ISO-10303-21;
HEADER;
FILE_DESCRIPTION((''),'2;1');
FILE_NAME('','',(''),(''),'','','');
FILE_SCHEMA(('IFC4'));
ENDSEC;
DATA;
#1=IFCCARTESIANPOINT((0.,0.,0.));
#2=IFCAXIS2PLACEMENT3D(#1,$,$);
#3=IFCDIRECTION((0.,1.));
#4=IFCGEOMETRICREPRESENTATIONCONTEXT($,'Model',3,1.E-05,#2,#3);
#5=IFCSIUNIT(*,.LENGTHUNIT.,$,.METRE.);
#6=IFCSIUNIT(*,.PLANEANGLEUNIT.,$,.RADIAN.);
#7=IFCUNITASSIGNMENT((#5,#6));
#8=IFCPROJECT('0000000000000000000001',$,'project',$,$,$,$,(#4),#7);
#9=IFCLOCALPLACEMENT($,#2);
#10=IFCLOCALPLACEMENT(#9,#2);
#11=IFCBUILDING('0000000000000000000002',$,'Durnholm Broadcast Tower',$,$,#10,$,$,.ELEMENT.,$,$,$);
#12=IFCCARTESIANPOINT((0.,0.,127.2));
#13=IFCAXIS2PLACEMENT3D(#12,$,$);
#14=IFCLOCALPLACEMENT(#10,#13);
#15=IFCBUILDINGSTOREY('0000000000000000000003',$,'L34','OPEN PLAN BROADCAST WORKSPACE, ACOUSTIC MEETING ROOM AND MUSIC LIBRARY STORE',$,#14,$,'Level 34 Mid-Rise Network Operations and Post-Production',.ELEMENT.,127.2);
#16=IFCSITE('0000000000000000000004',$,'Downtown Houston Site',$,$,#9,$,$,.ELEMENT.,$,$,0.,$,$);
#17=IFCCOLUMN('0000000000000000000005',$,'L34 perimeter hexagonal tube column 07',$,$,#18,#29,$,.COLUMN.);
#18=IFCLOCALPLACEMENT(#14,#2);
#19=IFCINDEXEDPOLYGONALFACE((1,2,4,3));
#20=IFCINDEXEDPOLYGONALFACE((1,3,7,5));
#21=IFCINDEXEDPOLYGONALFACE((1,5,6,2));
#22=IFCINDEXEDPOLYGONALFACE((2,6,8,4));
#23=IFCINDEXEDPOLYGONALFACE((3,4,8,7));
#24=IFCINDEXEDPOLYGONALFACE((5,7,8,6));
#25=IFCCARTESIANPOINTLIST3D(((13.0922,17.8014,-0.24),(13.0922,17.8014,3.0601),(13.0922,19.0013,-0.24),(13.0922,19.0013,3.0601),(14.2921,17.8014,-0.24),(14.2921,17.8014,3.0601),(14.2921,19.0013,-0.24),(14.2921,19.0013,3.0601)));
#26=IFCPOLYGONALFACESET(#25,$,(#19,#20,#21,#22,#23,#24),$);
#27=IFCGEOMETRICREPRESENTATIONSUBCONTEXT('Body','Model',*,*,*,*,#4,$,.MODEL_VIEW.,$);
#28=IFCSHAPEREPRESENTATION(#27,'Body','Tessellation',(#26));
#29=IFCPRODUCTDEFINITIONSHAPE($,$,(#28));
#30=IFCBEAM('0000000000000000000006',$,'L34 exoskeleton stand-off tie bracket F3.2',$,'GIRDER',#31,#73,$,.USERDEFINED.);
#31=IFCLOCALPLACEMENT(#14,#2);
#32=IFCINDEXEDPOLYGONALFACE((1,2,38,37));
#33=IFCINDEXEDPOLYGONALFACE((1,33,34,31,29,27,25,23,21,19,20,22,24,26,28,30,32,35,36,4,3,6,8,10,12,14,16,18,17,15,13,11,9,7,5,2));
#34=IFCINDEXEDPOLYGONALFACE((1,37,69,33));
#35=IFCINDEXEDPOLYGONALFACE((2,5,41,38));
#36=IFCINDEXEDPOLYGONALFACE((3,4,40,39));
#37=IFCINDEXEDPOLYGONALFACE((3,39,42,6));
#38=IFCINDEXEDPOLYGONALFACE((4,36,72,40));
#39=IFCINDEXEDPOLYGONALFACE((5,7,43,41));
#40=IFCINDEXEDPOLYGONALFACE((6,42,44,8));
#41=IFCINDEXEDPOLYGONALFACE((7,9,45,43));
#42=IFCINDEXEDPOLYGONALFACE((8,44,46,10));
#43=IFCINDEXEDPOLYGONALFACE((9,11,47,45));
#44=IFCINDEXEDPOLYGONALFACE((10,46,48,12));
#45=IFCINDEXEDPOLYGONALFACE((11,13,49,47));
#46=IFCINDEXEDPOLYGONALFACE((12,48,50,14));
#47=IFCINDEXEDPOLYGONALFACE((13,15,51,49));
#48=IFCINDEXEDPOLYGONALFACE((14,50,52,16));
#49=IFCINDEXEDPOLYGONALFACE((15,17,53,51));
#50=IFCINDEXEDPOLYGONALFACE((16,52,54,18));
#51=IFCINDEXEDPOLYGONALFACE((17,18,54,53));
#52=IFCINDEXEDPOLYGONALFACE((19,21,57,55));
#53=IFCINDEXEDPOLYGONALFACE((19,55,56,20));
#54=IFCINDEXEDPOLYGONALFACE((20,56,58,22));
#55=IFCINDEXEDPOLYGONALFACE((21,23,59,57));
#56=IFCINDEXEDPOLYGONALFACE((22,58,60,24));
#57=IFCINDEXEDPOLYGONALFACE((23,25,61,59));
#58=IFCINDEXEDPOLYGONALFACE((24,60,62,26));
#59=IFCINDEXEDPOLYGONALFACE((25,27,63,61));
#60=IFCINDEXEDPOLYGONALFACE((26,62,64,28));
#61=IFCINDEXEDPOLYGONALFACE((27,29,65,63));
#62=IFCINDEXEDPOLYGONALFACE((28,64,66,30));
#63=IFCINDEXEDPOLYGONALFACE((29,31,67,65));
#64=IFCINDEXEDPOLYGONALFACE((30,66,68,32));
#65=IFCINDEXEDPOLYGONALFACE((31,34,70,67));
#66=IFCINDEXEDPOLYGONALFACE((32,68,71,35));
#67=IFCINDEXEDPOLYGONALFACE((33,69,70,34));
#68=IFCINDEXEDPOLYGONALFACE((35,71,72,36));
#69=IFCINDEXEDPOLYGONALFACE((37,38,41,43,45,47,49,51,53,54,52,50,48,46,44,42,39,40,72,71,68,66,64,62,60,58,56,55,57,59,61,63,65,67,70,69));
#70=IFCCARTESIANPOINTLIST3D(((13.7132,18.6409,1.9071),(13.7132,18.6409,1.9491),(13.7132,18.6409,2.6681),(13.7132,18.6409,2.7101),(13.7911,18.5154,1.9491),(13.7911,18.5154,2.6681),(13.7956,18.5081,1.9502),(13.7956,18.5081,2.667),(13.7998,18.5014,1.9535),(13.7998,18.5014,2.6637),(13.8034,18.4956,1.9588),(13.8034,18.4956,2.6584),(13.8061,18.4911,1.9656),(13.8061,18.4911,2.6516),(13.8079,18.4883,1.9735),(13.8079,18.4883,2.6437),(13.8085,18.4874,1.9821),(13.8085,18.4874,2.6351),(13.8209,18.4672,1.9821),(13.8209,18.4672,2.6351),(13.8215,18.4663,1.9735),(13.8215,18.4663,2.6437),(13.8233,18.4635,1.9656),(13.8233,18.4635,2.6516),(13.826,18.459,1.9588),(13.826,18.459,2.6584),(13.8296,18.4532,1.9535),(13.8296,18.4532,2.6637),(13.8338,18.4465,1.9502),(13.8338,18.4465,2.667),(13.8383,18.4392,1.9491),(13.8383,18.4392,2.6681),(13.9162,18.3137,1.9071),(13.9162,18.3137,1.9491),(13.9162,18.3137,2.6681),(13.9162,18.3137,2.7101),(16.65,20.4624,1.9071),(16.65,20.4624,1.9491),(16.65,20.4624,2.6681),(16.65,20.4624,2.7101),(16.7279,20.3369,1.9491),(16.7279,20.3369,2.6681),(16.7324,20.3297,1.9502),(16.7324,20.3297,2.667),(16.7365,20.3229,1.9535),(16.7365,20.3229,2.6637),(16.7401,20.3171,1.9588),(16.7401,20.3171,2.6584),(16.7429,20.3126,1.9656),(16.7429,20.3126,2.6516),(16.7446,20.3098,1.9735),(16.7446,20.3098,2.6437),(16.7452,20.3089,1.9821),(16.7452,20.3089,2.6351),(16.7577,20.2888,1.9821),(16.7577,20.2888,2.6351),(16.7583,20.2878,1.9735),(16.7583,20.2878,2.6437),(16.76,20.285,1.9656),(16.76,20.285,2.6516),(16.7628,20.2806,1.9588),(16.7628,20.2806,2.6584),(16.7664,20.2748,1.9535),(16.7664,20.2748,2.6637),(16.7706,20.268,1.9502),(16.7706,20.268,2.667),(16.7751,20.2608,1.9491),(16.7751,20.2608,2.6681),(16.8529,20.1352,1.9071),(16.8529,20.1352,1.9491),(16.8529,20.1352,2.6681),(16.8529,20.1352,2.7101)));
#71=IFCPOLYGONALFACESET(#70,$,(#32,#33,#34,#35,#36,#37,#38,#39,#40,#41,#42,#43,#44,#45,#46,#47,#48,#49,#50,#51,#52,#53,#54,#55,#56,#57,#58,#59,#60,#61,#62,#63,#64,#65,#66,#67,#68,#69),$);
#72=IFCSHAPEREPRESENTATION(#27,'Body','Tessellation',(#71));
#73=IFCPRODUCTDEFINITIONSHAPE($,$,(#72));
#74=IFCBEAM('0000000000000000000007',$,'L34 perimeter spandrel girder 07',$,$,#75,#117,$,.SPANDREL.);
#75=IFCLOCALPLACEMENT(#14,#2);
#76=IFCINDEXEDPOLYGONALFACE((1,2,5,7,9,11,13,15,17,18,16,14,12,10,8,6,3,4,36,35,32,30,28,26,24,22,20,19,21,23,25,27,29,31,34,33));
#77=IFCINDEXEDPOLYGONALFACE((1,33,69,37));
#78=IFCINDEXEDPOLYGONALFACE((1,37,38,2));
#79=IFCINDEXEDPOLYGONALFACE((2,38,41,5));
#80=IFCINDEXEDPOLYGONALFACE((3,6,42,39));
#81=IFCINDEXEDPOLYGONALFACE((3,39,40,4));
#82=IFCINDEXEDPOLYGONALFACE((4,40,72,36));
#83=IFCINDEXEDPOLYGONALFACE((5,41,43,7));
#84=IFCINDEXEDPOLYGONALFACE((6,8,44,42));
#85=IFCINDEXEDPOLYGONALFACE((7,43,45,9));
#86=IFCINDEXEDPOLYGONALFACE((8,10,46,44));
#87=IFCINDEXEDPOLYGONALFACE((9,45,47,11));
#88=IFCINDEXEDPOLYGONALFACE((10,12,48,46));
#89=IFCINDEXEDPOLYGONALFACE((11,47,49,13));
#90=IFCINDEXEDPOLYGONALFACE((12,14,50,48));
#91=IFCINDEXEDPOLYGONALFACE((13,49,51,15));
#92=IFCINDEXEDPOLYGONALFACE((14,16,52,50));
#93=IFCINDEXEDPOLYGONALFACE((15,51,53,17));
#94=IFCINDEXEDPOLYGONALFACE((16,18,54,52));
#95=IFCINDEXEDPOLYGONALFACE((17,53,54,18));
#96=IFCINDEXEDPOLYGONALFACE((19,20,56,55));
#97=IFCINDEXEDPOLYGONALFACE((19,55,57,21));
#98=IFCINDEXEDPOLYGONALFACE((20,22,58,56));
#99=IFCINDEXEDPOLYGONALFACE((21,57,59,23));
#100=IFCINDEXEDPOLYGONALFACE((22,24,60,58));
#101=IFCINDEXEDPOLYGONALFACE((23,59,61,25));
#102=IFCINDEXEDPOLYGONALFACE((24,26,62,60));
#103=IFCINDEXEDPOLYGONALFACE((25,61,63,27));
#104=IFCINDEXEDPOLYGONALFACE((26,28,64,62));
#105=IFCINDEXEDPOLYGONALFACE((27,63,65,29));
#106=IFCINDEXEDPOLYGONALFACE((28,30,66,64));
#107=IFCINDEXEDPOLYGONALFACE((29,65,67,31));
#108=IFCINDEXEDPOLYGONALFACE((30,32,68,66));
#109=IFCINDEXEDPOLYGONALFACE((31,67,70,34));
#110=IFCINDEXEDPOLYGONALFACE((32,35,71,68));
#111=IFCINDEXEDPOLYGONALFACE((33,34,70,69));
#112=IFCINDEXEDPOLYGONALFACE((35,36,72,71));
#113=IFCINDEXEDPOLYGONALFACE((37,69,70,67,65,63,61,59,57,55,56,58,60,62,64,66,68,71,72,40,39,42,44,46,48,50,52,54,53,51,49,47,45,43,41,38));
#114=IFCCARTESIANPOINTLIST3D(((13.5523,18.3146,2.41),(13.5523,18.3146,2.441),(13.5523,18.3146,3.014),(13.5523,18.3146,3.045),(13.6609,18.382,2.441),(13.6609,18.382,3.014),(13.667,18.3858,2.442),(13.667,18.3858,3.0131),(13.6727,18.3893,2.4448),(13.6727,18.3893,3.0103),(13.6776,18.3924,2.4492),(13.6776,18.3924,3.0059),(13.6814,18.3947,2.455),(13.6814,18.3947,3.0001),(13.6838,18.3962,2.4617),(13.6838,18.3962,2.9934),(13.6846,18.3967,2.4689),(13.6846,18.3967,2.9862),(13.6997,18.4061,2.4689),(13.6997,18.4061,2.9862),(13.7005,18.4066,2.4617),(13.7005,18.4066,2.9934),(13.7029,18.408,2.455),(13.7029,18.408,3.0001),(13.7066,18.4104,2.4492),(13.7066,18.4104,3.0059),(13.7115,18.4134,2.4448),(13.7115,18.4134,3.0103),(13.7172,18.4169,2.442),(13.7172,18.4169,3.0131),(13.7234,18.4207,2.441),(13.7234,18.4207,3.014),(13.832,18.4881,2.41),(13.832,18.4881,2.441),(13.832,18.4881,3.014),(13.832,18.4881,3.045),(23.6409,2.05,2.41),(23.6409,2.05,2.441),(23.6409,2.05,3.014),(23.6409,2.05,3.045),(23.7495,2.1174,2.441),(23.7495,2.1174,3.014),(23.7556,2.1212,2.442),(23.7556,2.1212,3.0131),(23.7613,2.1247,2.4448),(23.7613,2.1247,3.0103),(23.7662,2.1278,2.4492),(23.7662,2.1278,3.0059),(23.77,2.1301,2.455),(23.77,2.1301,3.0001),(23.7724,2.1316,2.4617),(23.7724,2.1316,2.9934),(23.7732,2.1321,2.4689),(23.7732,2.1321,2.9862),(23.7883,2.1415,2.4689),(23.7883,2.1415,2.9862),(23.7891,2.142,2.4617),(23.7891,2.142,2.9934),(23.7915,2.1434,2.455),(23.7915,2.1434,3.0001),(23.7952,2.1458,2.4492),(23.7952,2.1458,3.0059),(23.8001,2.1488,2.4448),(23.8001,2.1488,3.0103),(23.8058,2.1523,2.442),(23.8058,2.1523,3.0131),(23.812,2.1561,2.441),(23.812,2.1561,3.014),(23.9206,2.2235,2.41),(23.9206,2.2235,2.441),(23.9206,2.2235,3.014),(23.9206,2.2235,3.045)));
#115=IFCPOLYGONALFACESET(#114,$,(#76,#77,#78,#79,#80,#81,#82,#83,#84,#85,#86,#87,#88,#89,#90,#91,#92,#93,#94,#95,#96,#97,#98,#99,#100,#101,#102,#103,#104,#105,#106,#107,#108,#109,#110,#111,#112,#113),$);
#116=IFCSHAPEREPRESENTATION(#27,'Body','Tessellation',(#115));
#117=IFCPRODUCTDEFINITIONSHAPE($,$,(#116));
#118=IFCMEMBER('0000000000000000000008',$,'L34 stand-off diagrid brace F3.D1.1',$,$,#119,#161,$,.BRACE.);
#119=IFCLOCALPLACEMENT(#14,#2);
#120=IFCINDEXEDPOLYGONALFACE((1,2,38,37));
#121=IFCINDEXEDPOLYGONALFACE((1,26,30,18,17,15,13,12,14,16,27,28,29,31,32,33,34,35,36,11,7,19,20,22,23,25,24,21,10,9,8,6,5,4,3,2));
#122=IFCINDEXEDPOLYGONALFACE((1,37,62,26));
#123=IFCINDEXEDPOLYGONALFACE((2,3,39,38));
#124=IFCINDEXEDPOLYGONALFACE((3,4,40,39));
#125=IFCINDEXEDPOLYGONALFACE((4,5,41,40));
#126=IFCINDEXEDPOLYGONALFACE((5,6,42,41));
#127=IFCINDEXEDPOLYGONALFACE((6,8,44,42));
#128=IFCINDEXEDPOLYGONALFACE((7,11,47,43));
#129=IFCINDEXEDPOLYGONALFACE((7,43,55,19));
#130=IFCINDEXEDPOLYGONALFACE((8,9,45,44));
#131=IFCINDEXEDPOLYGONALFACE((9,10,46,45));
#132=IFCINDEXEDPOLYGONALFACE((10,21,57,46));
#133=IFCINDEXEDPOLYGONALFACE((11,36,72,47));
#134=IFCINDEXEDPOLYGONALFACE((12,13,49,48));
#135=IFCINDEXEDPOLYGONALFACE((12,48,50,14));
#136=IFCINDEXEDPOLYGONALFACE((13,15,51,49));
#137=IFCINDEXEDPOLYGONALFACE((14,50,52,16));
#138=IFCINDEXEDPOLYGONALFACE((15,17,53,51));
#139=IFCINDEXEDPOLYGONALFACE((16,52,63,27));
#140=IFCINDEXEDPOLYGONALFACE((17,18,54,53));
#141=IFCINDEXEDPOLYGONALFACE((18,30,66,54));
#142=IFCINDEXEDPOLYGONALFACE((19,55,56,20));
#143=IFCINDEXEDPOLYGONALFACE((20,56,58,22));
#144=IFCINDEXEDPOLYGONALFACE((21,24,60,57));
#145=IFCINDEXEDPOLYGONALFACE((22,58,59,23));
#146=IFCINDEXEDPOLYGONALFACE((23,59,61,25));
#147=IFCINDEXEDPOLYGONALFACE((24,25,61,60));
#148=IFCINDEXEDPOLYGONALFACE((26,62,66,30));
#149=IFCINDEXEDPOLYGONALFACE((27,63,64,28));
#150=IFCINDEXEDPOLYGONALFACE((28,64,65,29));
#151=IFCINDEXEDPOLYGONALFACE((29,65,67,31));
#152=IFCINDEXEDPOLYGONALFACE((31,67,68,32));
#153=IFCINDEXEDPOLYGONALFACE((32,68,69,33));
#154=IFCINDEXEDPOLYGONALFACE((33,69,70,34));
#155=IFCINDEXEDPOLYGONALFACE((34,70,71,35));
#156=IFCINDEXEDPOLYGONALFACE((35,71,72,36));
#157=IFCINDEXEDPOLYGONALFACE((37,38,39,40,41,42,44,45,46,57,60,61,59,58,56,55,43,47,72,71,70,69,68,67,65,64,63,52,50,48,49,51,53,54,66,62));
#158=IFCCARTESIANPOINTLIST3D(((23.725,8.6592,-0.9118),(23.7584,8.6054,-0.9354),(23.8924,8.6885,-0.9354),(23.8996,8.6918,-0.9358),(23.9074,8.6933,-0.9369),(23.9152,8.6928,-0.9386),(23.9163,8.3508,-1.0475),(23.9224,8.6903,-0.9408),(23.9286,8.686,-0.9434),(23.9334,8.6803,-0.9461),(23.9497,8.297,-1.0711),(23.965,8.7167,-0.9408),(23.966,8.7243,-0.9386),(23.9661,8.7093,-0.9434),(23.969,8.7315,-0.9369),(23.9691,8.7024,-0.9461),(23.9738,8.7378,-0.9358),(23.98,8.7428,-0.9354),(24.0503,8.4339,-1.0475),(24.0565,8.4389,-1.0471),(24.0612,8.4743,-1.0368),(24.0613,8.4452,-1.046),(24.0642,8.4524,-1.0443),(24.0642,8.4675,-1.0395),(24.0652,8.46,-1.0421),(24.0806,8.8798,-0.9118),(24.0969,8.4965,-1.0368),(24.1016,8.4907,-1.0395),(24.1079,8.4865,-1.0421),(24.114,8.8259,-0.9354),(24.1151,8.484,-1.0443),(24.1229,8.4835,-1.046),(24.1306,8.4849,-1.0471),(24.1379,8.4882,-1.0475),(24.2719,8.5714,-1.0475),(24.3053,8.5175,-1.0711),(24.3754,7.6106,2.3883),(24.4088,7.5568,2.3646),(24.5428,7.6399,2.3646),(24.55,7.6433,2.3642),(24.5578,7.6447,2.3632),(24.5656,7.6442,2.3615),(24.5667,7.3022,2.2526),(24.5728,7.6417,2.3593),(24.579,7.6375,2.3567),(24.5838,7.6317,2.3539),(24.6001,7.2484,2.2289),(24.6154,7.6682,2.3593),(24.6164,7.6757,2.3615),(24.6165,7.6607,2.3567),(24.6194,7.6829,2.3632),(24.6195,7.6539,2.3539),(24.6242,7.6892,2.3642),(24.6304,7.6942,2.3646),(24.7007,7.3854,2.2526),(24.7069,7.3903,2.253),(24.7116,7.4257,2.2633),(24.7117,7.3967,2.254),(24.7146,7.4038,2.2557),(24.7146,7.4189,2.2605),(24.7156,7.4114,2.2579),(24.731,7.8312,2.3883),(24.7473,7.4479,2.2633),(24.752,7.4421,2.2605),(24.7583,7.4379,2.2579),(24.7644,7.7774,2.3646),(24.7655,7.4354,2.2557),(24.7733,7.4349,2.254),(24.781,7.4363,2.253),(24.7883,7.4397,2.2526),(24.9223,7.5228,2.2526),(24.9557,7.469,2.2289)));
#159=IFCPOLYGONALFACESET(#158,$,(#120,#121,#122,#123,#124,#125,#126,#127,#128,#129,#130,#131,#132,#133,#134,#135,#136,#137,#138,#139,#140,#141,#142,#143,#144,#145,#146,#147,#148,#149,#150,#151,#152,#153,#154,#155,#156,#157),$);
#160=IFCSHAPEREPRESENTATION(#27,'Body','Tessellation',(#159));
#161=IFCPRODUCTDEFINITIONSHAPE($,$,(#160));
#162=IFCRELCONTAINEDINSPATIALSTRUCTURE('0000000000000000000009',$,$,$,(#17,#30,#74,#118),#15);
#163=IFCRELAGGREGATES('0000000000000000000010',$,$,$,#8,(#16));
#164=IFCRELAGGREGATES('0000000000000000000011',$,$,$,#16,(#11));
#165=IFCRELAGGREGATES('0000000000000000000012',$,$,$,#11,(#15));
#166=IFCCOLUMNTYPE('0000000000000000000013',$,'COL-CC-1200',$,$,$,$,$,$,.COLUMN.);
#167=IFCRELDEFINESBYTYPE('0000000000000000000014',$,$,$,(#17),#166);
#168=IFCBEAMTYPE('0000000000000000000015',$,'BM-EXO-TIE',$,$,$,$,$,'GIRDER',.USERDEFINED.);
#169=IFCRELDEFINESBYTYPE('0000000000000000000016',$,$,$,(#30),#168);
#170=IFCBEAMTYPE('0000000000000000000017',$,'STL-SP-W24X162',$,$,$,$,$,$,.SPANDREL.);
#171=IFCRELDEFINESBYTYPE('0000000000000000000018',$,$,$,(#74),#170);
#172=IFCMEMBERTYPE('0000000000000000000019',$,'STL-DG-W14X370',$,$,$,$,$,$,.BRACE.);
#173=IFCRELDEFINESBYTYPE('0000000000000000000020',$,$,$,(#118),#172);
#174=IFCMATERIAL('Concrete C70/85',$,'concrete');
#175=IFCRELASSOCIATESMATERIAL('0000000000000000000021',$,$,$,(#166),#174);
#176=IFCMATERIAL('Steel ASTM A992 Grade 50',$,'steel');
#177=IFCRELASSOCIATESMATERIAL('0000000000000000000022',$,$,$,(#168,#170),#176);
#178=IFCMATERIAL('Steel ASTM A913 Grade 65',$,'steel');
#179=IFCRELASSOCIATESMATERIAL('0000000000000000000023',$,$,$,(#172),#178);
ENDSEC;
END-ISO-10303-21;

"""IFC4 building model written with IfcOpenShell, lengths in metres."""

from ifc_helpers import new_model, si_unit, direction, frame, origin, origin_2d, place, context, subcontext, project, spatial, rectangle, i_section, extrude, source, transform, mapped, material, material_profile, profile_set, type_object, type_shapes, element, save


model = new_model("IFC4")

# Units and contexts
model_context = context("Model", 3, precision=1e-05, world=origin(), true_north=direction((0.0, 1.0)))
body_context = subcontext(model_context, "Body", "Model", "MODEL_VIEW")
ifc_project = project(units=[si_unit("LENGTHUNIT", "METRE"), si_unit("PLANEANGLEUNIT", "RADIAN")], contexts=[model_context])

# Site, building, storey
site_placement = place(None, origin())
site = spatial("IfcSite", under=ifc_project, at=site_placement, Name="Downtown Houston Site", CompositionType="ELEMENT", RefElevation=0.0)
building_placement = place(site_placement, origin())
building = spatial("IfcBuilding", under=site, at=building_placement, Name="Durnholm Broadcast Tower", CompositionType="ELEMENT")
storey_placement = place(building_placement, frame((0.0, 0.0, 127.2)))
storey = spatial("IfcBuildingStorey", under=building, at=storey_placement, Name="L34", Description="OPEN PLAN BROADCAST WORKSPACE, ACOUSTIC MEETING ROOM AND MUSIC LIBRARY STORE", LongName="Level 34 Mid-Rise Network Operations and Post-Production", CompositionType="ELEMENT", Elevation=127.2)

# Column
ifc_material_1 = material(Name="Concrete C70/85", Category="concrete")
ifc_material_profile_1 = material_profile(ifc_material_1, rectangle(XDim=1.2, YDim=1.2, at=origin_2d()), Name="RC1200X1200")
ifc_profile_set_1 = profile_set([ifc_material_profile_1], Name="Concrete C70/85")
column_type = type_object("IfcColumnType", Name="COL-CC-1200", PredefinedType="COLUMN", material=ifc_profile_set_1)
shared_shape_1 = source(origin(), body_context, "Body", "SweptSolid", [
    extrude(rectangle(XDim=1.2, YDim=1.2, at=origin_2d()), origin(), (0.0, 0.0, 1.0), 3.3),
])
type_shapes(column_type, [shared_shape_1])
column_placement = place(storey_placement, frame((13.6921, 18.4014, -0.24), z_axis=(0.0, 0.0, 1.0), x_axis=(1.0, 0.0, 0.0)))
element("IfcColumn", 1, at=column_placement, inside=storey, type_object=column_type, Name="L34 perimeter hexagonal tube column 07", PredefinedType="COLUMN", context=body_context, shape_type="MappedRepresentation", body=[
    mapped(shared_shape_1, transform((0.0, 0.0, 0.0), x_axis=(1.0, 0.0, 0.0), y_axis=(0.0, 1.0, 0.0), z_axis=(0.0, 0.0, 1.0), scale=1.0)),
])

# Beams
ifc_material_2 = material(Name="Steel ASTM A992 Grade 50", Category="steel")
ifc_material_profile_2 = material_profile(ifc_material_2, i_section(OverallWidth=0.385, OverallDepth=0.803, WebThickness=0.0237, FlangeThickness=0.042, FilletRadius=0.033, at=origin_2d()), Name="W30X261")
ifc_profile_set_2 = profile_set([ifc_material_profile_2], Name="Steel ASTM A992 Grade 50")
beam_type_1 = type_object("IfcBeamType", Name="BM-EXO-TIE", ElementType="GIRDER", PredefinedType="USERDEFINED", material=ifc_profile_set_2)
shared_shape_2 = source(origin(), body_context, "Body", "SweptSolid", [
    extrude(i_section(OverallWidth=0.385, OverallDepth=0.803, WebThickness=0.0237, FlangeThickness=0.042, FilletRadius=0.033, at=origin_2d()), origin(), (0.0, 0.0, 1.0), 3.4558),
])
type_shapes(beam_type_1, [shared_shape_2])
beam_1_placement = place(storey_placement, frame((13.8147, 18.4773, 2.3086), z_axis=(0.849807, 0.527094, 0.0), x_axis=(-0.527094, 0.849807, 0.0)))
element("IfcBeam", 2, at=beam_1_placement, inside=storey, type_object=beam_type_1, Name="L34 exoskeleton stand-off tie bracket F3.2", ObjectType="GIRDER", PredefinedType="USERDEFINED", context=body_context, shape_type="MappedRepresentation", body=[
    mapped(shared_shape_2, transform((0.0, 0.0, 0.0), x_axis=(1.0, 0.0, 0.0), y_axis=(0.0, 1.0, 0.0), z_axis=(0.0, 0.0, 1.0), scale=1.0)),
])
ifc_material_profile_3 = material_profile(ifc_material_2, i_section(OverallWidth=0.3291, OverallDepth=0.635, WebThickness=0.0178, FlangeThickness=0.031, FilletRadius=0.0278, at=origin_2d()), Name="W24X162")
ifc_profile_set_3 = profile_set([ifc_material_profile_3], Name="Steel ASTM A992 Grade 50")
beam_type_2 = type_object("IfcBeamType", Name="STL-SP-W24X162", PredefinedType="SPANDREL", material=ifc_profile_set_3)
shared_shape_3 = source(origin(), body_context, "Body", "SweptSolid", [
    extrude(i_section(OverallWidth=0.3291, OverallDepth=0.635, WebThickness=0.0178, FlangeThickness=0.031, FilletRadius=0.0278, at=origin_2d()), origin(), (0.0, 0.0, 1.0), 19.1394),
])
type_shapes(beam_type_2, [shared_shape_3])
beam_2_placement = place(storey_placement, frame((13.6921, 18.4014, 2.7275), z_axis=(0.527111, -0.849796, 0.0), x_axis=(0.849796, 0.527111, 0.0)))
element("IfcBeam", 3, at=beam_2_placement, inside=storey, type_object=beam_type_2, Name="L34 perimeter spandrel girder 07", PredefinedType="SPANDREL", context=body_context, shape_type="MappedRepresentation", body=[
    mapped(shared_shape_3, transform((0.0, 0.0, 0.0), x_axis=(1.0, 0.0, 0.0), y_axis=(0.0, 1.0, 0.0), z_axis=(0.0, 0.0, 1.0), scale=1.0)),
])

# Member
ifc_material_3 = material(Name="Steel ASTM A913 Grade 65", Category="steel")
ifc_material_profile_4 = material_profile(ifc_material_3, i_section(OverallWidth=0.4185, OverallDepth=0.4551, WebThickness=0.042, FlangeThickness=0.0676, FilletRadius=0.0305, at=origin_2d()), Name="W14X370")
ifc_profile_set_4 = profile_set([ifc_material_profile_4], Name="Steel ASTM A913 Grade 65")
member_type_1 = type_object("IfcMemberType", Name="STL-DG-W14X370", PredefinedType="BRACE", material=ifc_profile_set_4)
shared_shape_4 = source(origin(), body_context, "Body", "SweptSolid", [
    extrude(i_section(OverallWidth=0.4185, OverallDepth=0.4551, WebThickness=0.042, FlangeThickness=0.0676, FilletRadius=0.0305, at=origin_2d()), origin(), (0.0, 0.0, 1.0), 3.5232),
])
for number, where, z_axis, x_axis, name in (
    (4, (24.0151, 8.5884, -0.9915), (0.184603, -0.297624, 0.936665), (0.849805, 0.527097, 0.0), "L34 stand-off diagrid brace F3.D1.1"),
):
    element("IfcMember", number, at=place(storey_placement, frame(where, z_axis=z_axis, x_axis=x_axis)), inside=storey, type_object=member_type_1, Name=name, PredefinedType="BRACE", context=body_context, shape_type="MappedRepresentation", body=[
        mapped(shared_shape_4, transform((0.0, 0.0, 0.0), x_axis=(1.0, 0.0, 0.0), y_axis=(0.0, 1.0, 0.0), z_axis=(0.0, 0.0, 1.0), scale=1.0)),
    ])

save(model, "model.ifc")
